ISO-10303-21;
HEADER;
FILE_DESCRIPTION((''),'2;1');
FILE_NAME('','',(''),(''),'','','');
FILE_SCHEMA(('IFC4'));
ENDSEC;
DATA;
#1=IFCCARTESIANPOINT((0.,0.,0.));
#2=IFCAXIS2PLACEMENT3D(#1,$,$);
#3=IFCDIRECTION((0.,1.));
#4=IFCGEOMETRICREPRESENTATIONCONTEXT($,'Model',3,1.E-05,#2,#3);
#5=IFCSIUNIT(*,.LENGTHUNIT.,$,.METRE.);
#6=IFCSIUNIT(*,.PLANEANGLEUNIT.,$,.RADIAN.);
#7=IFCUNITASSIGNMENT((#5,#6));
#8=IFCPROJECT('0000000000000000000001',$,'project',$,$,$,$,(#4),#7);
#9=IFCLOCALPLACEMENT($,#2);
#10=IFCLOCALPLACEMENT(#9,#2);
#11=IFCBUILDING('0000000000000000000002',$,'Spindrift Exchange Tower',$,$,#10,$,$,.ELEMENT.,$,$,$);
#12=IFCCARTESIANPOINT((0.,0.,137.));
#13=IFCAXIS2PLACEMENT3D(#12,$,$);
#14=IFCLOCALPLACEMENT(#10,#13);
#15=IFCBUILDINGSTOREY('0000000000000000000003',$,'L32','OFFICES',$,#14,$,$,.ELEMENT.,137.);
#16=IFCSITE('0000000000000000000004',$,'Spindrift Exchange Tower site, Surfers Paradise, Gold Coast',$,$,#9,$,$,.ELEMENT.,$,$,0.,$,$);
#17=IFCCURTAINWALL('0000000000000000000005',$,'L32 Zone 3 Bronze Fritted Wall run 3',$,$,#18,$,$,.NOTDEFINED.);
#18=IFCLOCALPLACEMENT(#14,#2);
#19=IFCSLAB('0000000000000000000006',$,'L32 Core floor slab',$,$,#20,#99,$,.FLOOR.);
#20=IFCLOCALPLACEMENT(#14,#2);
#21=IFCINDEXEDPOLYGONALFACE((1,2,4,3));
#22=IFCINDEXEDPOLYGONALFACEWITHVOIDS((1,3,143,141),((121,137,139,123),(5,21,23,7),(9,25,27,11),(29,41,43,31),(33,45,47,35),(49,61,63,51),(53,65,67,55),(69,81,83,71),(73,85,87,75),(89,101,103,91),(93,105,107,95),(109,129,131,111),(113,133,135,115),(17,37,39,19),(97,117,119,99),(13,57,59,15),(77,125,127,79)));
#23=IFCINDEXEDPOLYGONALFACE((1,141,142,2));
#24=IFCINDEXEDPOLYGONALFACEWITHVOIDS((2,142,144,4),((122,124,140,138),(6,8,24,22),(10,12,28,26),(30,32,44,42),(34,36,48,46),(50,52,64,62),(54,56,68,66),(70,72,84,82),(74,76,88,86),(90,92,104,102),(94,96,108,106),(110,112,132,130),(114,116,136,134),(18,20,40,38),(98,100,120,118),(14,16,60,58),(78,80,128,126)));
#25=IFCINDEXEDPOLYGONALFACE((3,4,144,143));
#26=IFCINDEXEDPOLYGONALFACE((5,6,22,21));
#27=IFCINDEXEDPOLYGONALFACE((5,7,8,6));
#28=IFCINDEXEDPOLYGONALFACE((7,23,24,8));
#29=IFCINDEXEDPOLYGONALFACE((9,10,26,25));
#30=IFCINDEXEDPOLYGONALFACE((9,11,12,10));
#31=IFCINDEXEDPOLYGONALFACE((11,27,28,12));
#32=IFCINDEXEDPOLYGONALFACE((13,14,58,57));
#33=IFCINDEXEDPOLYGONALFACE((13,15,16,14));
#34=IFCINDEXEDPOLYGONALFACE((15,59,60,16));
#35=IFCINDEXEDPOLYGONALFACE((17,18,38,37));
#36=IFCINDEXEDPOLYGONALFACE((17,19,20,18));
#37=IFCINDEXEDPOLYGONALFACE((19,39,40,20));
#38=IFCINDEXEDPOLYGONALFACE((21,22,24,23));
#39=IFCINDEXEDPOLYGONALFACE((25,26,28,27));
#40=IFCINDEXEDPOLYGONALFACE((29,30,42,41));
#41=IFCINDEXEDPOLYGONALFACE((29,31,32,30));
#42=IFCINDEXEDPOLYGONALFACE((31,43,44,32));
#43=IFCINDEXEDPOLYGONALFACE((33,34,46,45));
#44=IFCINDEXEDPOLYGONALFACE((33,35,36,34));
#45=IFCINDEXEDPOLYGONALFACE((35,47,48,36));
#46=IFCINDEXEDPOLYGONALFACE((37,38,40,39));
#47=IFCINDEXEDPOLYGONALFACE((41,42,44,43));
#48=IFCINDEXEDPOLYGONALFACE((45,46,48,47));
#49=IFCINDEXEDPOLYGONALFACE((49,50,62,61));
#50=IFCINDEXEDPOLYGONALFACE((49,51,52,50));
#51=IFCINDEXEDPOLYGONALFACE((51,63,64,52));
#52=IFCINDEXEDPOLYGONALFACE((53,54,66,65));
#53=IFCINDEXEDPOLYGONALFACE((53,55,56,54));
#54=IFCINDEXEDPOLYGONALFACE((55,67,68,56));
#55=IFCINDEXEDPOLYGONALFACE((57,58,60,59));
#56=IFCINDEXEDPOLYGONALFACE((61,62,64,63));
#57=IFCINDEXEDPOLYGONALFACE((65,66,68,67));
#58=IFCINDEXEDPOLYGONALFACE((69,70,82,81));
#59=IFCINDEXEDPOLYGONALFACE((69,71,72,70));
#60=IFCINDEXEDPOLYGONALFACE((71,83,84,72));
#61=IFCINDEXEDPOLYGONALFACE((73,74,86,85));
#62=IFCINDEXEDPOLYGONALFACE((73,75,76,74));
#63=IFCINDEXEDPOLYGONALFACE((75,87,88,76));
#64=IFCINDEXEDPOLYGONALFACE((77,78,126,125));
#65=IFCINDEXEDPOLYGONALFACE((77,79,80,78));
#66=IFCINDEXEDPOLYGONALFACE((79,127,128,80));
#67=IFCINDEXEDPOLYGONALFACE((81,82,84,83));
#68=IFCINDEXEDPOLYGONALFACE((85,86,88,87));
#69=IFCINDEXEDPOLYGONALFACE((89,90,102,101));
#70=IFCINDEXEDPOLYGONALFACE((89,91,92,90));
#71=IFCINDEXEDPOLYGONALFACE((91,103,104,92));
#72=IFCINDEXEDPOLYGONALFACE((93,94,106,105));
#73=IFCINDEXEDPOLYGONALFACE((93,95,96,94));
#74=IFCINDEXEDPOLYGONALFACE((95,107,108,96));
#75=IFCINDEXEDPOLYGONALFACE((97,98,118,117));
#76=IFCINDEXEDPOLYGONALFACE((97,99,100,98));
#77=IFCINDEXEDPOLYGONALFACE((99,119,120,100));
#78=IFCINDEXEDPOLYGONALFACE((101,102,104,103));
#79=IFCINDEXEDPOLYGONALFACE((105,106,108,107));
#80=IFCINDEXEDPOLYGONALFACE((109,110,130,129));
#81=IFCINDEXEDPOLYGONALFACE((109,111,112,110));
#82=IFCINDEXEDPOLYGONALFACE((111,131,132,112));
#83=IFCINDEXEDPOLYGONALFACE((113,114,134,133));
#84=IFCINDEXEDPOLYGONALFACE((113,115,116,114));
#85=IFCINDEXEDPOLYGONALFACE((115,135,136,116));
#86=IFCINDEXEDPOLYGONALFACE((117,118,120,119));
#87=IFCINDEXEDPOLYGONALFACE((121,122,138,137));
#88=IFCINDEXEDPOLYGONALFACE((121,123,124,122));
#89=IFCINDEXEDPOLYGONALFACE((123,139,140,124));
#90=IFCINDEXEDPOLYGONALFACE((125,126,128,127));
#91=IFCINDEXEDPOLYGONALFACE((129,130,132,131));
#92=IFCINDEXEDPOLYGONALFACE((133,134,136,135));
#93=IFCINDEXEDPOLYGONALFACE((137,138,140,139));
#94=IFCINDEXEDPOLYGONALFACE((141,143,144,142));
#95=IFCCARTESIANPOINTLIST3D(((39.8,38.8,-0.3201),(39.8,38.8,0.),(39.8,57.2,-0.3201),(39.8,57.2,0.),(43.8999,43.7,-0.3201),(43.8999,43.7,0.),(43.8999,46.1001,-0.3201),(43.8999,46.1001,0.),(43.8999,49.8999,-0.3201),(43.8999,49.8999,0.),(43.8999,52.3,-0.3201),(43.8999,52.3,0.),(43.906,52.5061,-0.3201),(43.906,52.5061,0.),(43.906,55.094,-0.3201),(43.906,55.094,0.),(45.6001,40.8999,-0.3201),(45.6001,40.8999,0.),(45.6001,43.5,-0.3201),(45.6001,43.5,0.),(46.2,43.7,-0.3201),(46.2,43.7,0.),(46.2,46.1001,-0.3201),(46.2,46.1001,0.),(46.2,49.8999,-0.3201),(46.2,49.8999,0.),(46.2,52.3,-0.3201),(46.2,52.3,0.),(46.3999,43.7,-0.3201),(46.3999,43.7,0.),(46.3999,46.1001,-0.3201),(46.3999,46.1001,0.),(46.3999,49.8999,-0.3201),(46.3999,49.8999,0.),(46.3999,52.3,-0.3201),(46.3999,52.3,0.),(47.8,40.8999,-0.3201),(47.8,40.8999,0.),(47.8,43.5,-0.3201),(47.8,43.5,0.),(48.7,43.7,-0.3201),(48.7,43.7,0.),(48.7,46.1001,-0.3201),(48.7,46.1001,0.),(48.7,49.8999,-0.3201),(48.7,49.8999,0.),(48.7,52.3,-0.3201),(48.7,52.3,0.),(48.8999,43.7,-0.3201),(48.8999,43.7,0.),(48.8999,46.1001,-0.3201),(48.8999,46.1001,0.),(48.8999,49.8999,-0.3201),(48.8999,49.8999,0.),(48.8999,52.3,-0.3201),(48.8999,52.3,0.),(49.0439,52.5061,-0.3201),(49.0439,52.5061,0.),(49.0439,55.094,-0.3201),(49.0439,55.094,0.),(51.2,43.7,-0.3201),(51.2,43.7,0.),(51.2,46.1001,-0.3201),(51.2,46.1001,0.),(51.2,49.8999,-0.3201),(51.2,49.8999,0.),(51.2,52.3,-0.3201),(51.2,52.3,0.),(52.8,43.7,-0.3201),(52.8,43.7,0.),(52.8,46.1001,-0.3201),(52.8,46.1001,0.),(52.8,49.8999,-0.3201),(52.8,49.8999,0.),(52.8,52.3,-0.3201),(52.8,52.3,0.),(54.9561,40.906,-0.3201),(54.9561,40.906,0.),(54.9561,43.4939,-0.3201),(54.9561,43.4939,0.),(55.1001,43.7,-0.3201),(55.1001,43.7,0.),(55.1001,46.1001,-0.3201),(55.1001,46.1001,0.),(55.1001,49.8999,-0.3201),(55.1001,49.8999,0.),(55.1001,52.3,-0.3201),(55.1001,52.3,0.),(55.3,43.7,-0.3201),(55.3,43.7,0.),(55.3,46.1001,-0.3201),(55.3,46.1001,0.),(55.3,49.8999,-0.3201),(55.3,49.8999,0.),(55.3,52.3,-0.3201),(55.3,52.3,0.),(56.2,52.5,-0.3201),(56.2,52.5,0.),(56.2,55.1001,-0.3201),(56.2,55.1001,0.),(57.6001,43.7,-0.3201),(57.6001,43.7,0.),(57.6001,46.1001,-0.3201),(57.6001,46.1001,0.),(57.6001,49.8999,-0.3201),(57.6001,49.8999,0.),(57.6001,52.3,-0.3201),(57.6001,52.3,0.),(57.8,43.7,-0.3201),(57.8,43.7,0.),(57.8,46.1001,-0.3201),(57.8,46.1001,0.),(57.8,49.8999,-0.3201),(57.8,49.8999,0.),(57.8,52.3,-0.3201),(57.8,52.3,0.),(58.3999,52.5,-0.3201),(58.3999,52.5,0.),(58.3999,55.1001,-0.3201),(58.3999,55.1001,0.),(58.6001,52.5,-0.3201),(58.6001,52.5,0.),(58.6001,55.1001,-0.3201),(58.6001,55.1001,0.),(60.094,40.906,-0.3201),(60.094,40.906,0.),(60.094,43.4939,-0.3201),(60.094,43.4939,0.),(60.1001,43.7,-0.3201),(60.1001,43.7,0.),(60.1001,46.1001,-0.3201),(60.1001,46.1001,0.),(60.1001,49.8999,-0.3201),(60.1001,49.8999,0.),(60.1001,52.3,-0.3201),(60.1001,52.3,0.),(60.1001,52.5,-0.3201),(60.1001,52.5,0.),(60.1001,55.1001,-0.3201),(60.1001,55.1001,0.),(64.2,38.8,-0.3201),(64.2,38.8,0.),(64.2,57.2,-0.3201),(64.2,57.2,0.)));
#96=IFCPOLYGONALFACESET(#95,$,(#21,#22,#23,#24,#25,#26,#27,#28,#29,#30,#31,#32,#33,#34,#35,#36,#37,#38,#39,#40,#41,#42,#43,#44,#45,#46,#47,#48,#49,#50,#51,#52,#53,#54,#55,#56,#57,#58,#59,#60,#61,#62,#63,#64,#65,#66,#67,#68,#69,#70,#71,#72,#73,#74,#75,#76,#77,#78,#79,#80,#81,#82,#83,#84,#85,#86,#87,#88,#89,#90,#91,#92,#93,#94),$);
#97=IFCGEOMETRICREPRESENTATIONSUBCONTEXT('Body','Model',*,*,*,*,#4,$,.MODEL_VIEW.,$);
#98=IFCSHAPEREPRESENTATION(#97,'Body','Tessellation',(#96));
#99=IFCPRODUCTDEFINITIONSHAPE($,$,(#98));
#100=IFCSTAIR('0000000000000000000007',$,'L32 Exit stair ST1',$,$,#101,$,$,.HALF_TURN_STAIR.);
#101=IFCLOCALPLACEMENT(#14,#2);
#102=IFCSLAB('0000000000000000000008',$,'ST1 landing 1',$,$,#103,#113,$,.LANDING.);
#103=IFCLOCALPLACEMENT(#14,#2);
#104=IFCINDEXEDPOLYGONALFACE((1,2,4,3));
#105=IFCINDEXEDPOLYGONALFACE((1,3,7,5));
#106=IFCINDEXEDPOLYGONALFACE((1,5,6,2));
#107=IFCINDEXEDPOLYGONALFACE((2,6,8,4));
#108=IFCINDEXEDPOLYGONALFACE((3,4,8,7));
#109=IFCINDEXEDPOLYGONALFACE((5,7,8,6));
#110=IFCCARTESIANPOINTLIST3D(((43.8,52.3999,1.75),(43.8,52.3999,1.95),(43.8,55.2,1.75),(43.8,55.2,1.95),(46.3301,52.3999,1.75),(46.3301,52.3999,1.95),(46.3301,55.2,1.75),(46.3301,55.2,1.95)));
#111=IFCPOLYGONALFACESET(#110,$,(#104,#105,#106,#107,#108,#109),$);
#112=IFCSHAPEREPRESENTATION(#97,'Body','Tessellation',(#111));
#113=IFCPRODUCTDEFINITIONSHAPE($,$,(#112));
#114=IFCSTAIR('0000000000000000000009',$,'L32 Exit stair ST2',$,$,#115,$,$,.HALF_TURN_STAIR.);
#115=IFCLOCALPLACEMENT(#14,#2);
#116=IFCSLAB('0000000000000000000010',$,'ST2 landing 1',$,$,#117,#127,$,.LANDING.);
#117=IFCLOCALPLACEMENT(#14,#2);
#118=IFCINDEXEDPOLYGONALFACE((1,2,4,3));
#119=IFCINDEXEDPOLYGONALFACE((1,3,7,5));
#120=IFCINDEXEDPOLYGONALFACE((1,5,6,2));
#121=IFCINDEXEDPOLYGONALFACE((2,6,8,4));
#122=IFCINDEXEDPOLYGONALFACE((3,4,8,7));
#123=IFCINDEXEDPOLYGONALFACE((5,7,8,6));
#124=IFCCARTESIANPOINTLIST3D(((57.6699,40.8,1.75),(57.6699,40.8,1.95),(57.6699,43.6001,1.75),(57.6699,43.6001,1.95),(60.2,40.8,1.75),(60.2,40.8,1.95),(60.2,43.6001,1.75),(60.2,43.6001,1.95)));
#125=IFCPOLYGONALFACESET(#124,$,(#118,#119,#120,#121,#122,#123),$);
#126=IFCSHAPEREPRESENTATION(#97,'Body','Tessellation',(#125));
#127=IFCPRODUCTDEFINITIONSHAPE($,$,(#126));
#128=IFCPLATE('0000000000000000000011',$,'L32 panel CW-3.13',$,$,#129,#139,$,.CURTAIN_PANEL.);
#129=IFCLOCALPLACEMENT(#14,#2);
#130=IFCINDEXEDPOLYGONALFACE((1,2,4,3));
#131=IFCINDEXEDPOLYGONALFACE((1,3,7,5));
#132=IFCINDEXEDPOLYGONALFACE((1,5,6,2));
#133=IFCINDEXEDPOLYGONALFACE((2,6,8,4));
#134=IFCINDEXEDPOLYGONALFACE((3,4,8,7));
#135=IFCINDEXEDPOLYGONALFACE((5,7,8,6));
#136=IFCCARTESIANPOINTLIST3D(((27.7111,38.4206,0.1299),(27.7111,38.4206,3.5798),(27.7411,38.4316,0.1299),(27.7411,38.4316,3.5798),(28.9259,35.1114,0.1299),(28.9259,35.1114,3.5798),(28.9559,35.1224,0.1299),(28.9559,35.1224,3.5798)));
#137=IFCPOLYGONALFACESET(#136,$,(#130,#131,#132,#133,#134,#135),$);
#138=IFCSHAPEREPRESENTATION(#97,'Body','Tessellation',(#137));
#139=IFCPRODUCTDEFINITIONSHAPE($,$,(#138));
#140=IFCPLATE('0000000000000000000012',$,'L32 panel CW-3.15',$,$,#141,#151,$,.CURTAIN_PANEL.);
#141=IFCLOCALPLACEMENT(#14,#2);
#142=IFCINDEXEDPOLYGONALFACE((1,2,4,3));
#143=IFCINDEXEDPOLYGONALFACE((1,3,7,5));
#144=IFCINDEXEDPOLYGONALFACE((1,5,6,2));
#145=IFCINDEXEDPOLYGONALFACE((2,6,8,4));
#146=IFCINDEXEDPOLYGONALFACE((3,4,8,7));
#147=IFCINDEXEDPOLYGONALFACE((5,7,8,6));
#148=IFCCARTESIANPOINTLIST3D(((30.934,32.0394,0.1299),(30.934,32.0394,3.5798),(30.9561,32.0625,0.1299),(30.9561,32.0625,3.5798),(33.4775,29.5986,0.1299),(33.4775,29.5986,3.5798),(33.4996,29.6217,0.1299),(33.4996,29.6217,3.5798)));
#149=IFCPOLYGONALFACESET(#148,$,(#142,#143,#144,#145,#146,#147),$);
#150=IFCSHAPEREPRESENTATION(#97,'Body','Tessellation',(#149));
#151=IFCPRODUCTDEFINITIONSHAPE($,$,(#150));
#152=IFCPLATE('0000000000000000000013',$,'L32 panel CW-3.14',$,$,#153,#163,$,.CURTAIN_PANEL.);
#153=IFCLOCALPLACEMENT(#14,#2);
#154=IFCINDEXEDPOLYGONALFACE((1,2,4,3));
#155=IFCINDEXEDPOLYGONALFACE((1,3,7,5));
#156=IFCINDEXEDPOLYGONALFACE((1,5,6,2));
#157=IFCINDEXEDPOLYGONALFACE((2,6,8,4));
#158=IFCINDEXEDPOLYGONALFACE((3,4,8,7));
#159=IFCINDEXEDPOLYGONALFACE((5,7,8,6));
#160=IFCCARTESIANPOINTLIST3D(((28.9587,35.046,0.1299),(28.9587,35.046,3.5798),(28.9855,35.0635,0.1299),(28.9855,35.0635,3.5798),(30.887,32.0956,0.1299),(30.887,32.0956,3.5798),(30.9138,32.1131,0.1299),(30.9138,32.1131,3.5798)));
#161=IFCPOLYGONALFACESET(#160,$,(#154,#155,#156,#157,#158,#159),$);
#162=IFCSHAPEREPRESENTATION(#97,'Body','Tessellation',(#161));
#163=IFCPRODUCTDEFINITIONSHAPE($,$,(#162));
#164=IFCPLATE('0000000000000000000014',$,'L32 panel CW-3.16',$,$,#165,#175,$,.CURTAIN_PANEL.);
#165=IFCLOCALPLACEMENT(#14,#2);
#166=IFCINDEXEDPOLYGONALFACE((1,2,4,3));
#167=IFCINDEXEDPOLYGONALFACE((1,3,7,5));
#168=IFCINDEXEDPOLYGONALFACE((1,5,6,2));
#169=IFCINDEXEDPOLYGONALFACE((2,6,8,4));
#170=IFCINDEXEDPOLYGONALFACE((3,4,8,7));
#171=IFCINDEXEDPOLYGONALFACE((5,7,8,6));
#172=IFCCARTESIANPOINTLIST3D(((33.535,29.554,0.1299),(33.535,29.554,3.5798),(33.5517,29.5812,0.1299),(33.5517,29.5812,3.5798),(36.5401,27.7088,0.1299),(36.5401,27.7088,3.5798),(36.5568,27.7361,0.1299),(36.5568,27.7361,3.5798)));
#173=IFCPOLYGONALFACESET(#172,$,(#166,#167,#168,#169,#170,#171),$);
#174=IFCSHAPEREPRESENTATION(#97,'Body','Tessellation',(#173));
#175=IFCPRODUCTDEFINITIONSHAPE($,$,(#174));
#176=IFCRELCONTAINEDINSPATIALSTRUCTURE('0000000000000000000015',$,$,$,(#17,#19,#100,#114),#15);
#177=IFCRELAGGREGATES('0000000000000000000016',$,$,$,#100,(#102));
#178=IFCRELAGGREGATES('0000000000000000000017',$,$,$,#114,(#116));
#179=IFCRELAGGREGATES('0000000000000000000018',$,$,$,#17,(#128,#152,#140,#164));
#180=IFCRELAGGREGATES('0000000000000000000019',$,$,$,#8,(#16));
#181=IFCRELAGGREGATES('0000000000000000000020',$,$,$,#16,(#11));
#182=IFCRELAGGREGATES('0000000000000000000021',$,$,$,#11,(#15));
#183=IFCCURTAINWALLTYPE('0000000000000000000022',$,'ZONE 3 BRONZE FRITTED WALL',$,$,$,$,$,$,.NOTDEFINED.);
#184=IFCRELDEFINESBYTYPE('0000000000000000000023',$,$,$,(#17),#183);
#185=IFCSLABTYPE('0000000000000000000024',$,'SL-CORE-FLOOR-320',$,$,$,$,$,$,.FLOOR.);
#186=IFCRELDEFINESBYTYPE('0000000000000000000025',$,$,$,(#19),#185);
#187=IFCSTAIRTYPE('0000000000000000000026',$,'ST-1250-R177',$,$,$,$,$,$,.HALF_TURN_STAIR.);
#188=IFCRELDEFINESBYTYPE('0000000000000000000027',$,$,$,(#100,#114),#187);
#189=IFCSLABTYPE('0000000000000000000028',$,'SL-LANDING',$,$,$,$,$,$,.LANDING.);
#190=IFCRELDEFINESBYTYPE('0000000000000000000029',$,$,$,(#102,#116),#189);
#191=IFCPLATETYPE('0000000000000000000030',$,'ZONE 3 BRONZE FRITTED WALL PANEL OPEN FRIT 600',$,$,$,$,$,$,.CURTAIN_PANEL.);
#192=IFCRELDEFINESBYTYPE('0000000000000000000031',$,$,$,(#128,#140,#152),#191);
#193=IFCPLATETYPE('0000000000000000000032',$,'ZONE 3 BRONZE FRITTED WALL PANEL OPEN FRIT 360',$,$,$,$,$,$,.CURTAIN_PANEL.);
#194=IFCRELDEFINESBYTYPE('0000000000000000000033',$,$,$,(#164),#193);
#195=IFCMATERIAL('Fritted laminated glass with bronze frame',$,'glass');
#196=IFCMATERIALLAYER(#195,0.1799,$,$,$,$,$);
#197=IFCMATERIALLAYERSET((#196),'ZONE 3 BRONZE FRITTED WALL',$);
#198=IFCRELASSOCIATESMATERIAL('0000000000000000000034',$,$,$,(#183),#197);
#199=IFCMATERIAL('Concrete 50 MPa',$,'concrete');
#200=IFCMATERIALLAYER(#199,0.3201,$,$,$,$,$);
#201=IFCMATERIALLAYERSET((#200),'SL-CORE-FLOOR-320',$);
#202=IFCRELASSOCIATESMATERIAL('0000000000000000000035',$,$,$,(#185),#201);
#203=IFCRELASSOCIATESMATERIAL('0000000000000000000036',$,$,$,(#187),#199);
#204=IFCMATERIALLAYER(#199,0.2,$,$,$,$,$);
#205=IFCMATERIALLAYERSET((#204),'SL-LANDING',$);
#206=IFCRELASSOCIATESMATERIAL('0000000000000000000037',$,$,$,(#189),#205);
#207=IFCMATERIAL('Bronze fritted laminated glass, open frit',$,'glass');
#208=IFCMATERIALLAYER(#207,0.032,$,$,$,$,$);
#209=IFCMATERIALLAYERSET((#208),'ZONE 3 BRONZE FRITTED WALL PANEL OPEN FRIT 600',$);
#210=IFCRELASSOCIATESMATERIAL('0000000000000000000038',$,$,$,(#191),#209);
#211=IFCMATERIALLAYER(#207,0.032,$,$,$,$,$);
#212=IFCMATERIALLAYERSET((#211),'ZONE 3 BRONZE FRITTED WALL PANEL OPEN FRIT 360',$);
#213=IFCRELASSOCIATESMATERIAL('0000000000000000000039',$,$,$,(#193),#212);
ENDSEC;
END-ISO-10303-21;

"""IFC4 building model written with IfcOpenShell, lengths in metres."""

from ifc_helpers import new_model, si_unit, direction, frame, origin, origin_2d, place, context, subcontext, project, spatial, line, indexed_curve, rectangle, outline, extrude, source, transform, mapped, material, layer, layer_set, type_object, element, aggregate, save


model = new_model("IFC4")

# Units and contexts
model_context = context("Model", 3, precision=1e-05, world=origin(), true_north=direction((0.0, 1.0)))
body_context = subcontext(model_context, "Body", "Model", "MODEL_VIEW")
ifc_project = project(units=[si_unit("LENGTHUNIT", "METRE"), si_unit("PLANEANGLEUNIT", "RADIAN")], contexts=[model_context])

# Site, building, storey
site_placement = place(None, origin())
site = spatial("IfcSite", under=ifc_project, at=site_placement, Name="Spindrift Exchange Tower site, Surfers Paradise, Gold Coast", CompositionType="ELEMENT", RefElevation=0.0)
building_placement = place(site_placement, origin())
building = spatial("IfcBuilding", under=site, at=building_placement, Name="Spindrift Exchange Tower", CompositionType="ELEMENT")
storey_placement = place(building_placement, frame((0.0, 0.0, 137.0)))
storey = spatial("IfcBuildingStorey", under=building, at=storey_placement, Name="L32", Description="OFFICES", CompositionType="ELEMENT", Elevation=137.0)

# Shared definitions
ifc_material_1 = material(Name="Concrete 50 MPa", Category="concrete")

# Curtain wall
ifc_material_2 = material(Name="Fritted laminated glass with bronze frame", Category="glass")
ifc_layer_1 = layer(ifc_material_2, 0.1799)
ifc_layer_set_1 = layer_set([ifc_layer_1], Name="ZONE 3 BRONZE FRITTED WALL")
curtain_wall_type = type_object("IfcCurtainWallType", Name="ZONE 3 BRONZE FRITTED WALL", PredefinedType="NOTDEFINED", material=ifc_layer_set_1)
curtain_wall_placement = place(storey_placement, origin())
curtain_wall = element("IfcCurtainWall", 1, at=curtain_wall_placement, inside=storey, type_object=curtain_wall_type, Name="L32 Zone 3 Bronze Fritted Wall run 3", PredefinedType="NOTDEFINED")

# Slab
ifc_layer_2 = layer(ifc_material_1, 0.3201)
ifc_layer_set_2 = layer_set([ifc_layer_2], Name="SL-CORE-FLOOR-320")
slab_type_1 = type_object("IfcSlabType", Name="SL-CORE-FLOOR-320", PredefinedType="FLOOR", material=ifc_layer_set_2)
slab_1_placement = place(storey_placement, frame((0.0, 0.0, -0.3201)))
element("IfcSlab", 2, at=slab_1_placement, inside=storey, type_object=slab_type_1, Name="L32 Core floor slab", PredefinedType="FLOOR", context=body_context, shape_type="SweptSolid", body=[
    extrude(outline(indexed_curve([(39.8, 38.8), (39.8, 57.2), (64.2, 57.2), (64.2, 38.8)], segments=[line(1, 2, 3, 4, 1)], self_intersect=False), holes=[indexed_curve([(47.8, 43.5), (45.6001, 43.5), (45.6001, 40.8999), (47.8, 40.8999)], segments=[line(1, 2, 3, 4, 1)], self_intersect=False), indexed_curve([(46.2, 46.1001), (43.8999, 46.1001), (43.8999, 43.7), (46.2, 43.7)], segments=[line(1, 2, 3, 4, 1)], self_intersect=False), indexed_curve([(48.7, 46.1001), (46.3999, 46.1001), (46.3999, 43.7), (48.7, 43.7)], segments=[line(1, 2, 3, 4, 1)], self_intersect=False), indexed_curve([(51.2, 46.1001), (48.8999, 46.1001), (48.8999, 43.7), (51.2, 43.7)], segments=[line(1, 2, 3, 4, 1)], self_intersect=False), indexed_curve([(46.2, 52.3), (43.8999, 52.3), (43.8999, 49.8999), (46.2, 49.8999)], segments=[line(1, 2, 3, 4, 1)], self_intersect=False), indexed_curve([(48.7, 52.3), (46.3999, 52.3), (46.3999, 49.8999), (48.7, 49.8999)], segments=[line(1, 2, 3, 4, 1)], self_intersect=False), indexed_curve([(51.2, 52.3), (48.8999, 52.3), (48.8999, 49.8999), (51.2, 49.8999)], segments=[line(1, 2, 3, 4, 1)], self_intersect=False), indexed_curve([(55.1001, 52.3), (52.8, 52.3), (52.8, 49.8999), (55.1001, 49.8999)], segments=[line(1, 2, 3, 4, 1)], self_intersect=False), indexed_curve([(43.906, 55.094), (43.906, 52.5061), (49.0439, 52.5061), (49.0439, 55.094)], segments=[line(1, 2, 3, 4, 1)], self_intersect=False), indexed_curve([(60.094, 40.906), (60.094, 43.4939), (54.9561, 43.4939), (54.9561, 40.906)], segments=[line(1, 2, 3, 4, 1)], self_intersect=False), indexed_curve([(55.1001, 46.1001), (52.8, 46.1001), (52.8, 43.7), (55.1001, 43.7)], segments=[line(1, 2, 3, 4, 1)], self_intersect=False), indexed_curve([(57.6001, 46.1001), (55.3, 46.1001), (55.3, 43.7), (57.6001, 43.7)], segments=[line(1, 2, 3, 4, 1)], self_intersect=False), indexed_curve([(60.1001, 46.1001), (57.8, 46.1001), (57.8, 43.7), (60.1001, 43.7)], segments=[line(1, 2, 3, 4, 1)], self_intersect=False), indexed_curve([(57.6001, 52.3), (55.3, 52.3), (55.3, 49.8999), (57.6001, 49.8999)], segments=[line(1, 2, 3, 4, 1)], self_intersect=False), indexed_curve([(60.1001, 52.3), (57.8, 52.3), (57.8, 49.8999), (60.1001, 49.8999)], segments=[line(1, 2, 3, 4, 1)], self_intersect=False), indexed_curve([(58.3999, 52.5), (58.3999, 55.1001), (56.2, 55.1001), (56.2, 52.5)], segments=[line(1, 2, 3, 4, 1)], self_intersect=False), indexed_curve([(60.1001, 52.5), (60.1001, 55.1001), (58.6001, 55.1001), (58.6001, 52.5)], segments=[line(1, 2, 3, 4, 1)], self_intersect=False)]), origin(), (0.0, 0.0, 1.0), 0.3201),
])

# Stairs, slabs
stair_type = type_object("IfcStairType", Name="ST-1250-R177", PredefinedType="HALF_TURN_STAIR", material=ifc_material_1)
stair_1_placement = place(storey_placement, origin())
stair_1 = element("IfcStair", 3, at=stair_1_placement, inside=storey, type_object=stair_type, Name="L32 Exit stair ST1", PredefinedType="HALF_TURN_STAIR")
ifc_layer_3 = layer(ifc_material_1, 0.2)
ifc_layer_set_3 = layer_set([ifc_layer_3], Name="SL-LANDING")
slab_type_2 = type_object("IfcSlabType", Name="SL-LANDING", PredefinedType="LANDING", material=ifc_layer_set_3)
slab_2_placement = place(storey_placement, frame((0.0, 0.0, 1.75)))
slab_2 = element("IfcSlab", 4, at=slab_2_placement, type_object=slab_type_2, Name="ST1 landing 1", PredefinedType="LANDING", context=body_context, shape_type="SweptSolid", body=[
    extrude(outline(indexed_curve([(46.3301, 52.3999), (43.8, 52.3999), (43.8, 55.2), (46.3301, 55.2)], segments=[line(1, 2, 3, 4, 1)], self_intersect=False)), origin(), (0.0, 0.0, 1.0), 0.2),
])
aggregate(stair_1, [slab_2])
stair_2_placement = place(storey_placement, origin())
stair_2 = element("IfcStair", 5, at=stair_2_placement, inside=storey, type_object=stair_type, Name="L32 Exit stair ST2", PredefinedType="HALF_TURN_STAIR")
slab_3_placement = place(storey_placement, frame((0.0, 0.0, 1.75)))
slab_3 = element("IfcSlab", 6, at=slab_3_placement, type_object=slab_type_2, Name="ST2 landing 1", PredefinedType="LANDING", context=body_context, shape_type="SweptSolid", body=[
    extrude(outline(indexed_curve([(57.6699, 43.6001), (60.2, 43.6001), (60.2, 40.8), (57.6699, 40.8)], segments=[line(1, 2, 3, 4, 1)], self_intersect=False)), origin(), (0.0, 0.0, 1.0), 0.2),
])
aggregate(stair_2, [slab_3])

# Plates
ifc_material_3 = material(Name="Bronze fritted laminated glass, open frit", Category="glass")
ifc_layer_4 = layer(ifc_material_3, 0.032)
ifc_layer_set_4 = layer_set([ifc_layer_4], Name="ZONE 3 BRONZE FRITTED WALL PANEL OPEN FRIT 600")
plate_type_1 = type_object("IfcPlateType", Name="ZONE 3 BRONZE FRITTED WALL PANEL OPEN FRIT 600", PredefinedType="CURTAIN_PANEL", material=ifc_layer_set_4)
shared_shape_1 = source(origin(), body_context, "Body", "SweptSolid", [
    extrude(rectangle(XDim=3.5251, YDim=0.032, at=origin_2d()), origin(), (0.0, 0.0, 1.0), 3.45),
])
plate_1_placement = place(storey_placement, frame((28.3335, 36.7715, 0.1299), z_axis=(0.0, 0.0, 1.0), x_axis=(0.344607, -0.938747, 0.0)))
plate_1 = element("IfcPlate", 7, at=plate_1_placement, type_object=plate_type_1, Name="L32 panel CW-3.13", PredefinedType="CURTAIN_PANEL", context=body_context, shape_type="MappedRepresentation", body=[
    mapped(shared_shape_1, transform((0.0, 0.0, 0.0), scale=1.0)),
])
plate_2_placement = place(storey_placement, frame((32.2168, 30.8306, 0.1299), z_axis=(0.0, 0.0, 1.0), x_axis=(0.721519, -0.692395, 0.0)))
plate_2 = element("IfcPlate", 8, at=plate_2_placement, type_object=plate_type_1, Name="L32 panel CW-3.15", PredefinedType="CURTAIN_PANEL", context=body_context, shape_type="MappedRepresentation", body=[
    mapped(shared_shape_1, transform((0.0, 0.0, 0.0), scale=1.0)),
])
shared_shape_2 = source(origin(), body_context, "Body", "SweptSolid", [
    extrude(rectangle(XDim=3.5247, YDim=0.032, at=origin_2d()), origin(), (0.0, 0.0, 1.0), 3.45),
])
plate_3_placement = place(storey_placement, frame((29.9363, 33.5796, 0.1299), z_axis=(0.0, 0.0, 1.0), x_axis=(0.547088, -0.837075, 0.0)))
plate_3 = element("IfcPlate", 9, at=plate_3_placement, type_object=plate_type_1, Name="L32 panel CW-3.14", PredefinedType="CURTAIN_PANEL", context=body_context, shape_type="MappedRepresentation", body=[
    mapped(shared_shape_2, transform((0.0, 0.0, 0.0), scale=1.0)),
])
ifc_layer_5 = layer(ifc_material_3, 0.032)
ifc_layer_set_5 = layer_set([ifc_layer_5], Name="ZONE 3 BRONZE FRITTED WALL PANEL OPEN FRIT 360")
plate_type_2 = type_object("IfcPlateType", Name="ZONE 3 BRONZE FRITTED WALL PANEL OPEN FRIT 360", PredefinedType="CURTAIN_PANEL", material=ifc_layer_set_5)
shared_shape_3 = source(origin(), body_context, "Body", "SweptSolid", [
    extrude(rectangle(XDim=3.5264, YDim=0.032, at=origin_2d()), origin(), (0.0, 0.0, 1.0), 3.45),
])
plate_4_placement = place(storey_placement, frame((35.0459, 28.645, 0.1299), z_axis=(0.0, 0.0, 1.0), x_axis=(0.852188, -0.523236, 0.0)))
plate_4 = element("IfcPlate", 10, at=plate_4_placement, type_object=plate_type_2, Name="L32 panel CW-3.16", PredefinedType="CURTAIN_PANEL", context=body_context, shape_type="MappedRepresentation", body=[
    mapped(shared_shape_3, transform((0.0, 0.0, 0.0), scale=1.0)),
])
aggregate(curtain_wall, [plate_1, plate_3, plate_2, plate_4])

save(model, "model.ifc")
